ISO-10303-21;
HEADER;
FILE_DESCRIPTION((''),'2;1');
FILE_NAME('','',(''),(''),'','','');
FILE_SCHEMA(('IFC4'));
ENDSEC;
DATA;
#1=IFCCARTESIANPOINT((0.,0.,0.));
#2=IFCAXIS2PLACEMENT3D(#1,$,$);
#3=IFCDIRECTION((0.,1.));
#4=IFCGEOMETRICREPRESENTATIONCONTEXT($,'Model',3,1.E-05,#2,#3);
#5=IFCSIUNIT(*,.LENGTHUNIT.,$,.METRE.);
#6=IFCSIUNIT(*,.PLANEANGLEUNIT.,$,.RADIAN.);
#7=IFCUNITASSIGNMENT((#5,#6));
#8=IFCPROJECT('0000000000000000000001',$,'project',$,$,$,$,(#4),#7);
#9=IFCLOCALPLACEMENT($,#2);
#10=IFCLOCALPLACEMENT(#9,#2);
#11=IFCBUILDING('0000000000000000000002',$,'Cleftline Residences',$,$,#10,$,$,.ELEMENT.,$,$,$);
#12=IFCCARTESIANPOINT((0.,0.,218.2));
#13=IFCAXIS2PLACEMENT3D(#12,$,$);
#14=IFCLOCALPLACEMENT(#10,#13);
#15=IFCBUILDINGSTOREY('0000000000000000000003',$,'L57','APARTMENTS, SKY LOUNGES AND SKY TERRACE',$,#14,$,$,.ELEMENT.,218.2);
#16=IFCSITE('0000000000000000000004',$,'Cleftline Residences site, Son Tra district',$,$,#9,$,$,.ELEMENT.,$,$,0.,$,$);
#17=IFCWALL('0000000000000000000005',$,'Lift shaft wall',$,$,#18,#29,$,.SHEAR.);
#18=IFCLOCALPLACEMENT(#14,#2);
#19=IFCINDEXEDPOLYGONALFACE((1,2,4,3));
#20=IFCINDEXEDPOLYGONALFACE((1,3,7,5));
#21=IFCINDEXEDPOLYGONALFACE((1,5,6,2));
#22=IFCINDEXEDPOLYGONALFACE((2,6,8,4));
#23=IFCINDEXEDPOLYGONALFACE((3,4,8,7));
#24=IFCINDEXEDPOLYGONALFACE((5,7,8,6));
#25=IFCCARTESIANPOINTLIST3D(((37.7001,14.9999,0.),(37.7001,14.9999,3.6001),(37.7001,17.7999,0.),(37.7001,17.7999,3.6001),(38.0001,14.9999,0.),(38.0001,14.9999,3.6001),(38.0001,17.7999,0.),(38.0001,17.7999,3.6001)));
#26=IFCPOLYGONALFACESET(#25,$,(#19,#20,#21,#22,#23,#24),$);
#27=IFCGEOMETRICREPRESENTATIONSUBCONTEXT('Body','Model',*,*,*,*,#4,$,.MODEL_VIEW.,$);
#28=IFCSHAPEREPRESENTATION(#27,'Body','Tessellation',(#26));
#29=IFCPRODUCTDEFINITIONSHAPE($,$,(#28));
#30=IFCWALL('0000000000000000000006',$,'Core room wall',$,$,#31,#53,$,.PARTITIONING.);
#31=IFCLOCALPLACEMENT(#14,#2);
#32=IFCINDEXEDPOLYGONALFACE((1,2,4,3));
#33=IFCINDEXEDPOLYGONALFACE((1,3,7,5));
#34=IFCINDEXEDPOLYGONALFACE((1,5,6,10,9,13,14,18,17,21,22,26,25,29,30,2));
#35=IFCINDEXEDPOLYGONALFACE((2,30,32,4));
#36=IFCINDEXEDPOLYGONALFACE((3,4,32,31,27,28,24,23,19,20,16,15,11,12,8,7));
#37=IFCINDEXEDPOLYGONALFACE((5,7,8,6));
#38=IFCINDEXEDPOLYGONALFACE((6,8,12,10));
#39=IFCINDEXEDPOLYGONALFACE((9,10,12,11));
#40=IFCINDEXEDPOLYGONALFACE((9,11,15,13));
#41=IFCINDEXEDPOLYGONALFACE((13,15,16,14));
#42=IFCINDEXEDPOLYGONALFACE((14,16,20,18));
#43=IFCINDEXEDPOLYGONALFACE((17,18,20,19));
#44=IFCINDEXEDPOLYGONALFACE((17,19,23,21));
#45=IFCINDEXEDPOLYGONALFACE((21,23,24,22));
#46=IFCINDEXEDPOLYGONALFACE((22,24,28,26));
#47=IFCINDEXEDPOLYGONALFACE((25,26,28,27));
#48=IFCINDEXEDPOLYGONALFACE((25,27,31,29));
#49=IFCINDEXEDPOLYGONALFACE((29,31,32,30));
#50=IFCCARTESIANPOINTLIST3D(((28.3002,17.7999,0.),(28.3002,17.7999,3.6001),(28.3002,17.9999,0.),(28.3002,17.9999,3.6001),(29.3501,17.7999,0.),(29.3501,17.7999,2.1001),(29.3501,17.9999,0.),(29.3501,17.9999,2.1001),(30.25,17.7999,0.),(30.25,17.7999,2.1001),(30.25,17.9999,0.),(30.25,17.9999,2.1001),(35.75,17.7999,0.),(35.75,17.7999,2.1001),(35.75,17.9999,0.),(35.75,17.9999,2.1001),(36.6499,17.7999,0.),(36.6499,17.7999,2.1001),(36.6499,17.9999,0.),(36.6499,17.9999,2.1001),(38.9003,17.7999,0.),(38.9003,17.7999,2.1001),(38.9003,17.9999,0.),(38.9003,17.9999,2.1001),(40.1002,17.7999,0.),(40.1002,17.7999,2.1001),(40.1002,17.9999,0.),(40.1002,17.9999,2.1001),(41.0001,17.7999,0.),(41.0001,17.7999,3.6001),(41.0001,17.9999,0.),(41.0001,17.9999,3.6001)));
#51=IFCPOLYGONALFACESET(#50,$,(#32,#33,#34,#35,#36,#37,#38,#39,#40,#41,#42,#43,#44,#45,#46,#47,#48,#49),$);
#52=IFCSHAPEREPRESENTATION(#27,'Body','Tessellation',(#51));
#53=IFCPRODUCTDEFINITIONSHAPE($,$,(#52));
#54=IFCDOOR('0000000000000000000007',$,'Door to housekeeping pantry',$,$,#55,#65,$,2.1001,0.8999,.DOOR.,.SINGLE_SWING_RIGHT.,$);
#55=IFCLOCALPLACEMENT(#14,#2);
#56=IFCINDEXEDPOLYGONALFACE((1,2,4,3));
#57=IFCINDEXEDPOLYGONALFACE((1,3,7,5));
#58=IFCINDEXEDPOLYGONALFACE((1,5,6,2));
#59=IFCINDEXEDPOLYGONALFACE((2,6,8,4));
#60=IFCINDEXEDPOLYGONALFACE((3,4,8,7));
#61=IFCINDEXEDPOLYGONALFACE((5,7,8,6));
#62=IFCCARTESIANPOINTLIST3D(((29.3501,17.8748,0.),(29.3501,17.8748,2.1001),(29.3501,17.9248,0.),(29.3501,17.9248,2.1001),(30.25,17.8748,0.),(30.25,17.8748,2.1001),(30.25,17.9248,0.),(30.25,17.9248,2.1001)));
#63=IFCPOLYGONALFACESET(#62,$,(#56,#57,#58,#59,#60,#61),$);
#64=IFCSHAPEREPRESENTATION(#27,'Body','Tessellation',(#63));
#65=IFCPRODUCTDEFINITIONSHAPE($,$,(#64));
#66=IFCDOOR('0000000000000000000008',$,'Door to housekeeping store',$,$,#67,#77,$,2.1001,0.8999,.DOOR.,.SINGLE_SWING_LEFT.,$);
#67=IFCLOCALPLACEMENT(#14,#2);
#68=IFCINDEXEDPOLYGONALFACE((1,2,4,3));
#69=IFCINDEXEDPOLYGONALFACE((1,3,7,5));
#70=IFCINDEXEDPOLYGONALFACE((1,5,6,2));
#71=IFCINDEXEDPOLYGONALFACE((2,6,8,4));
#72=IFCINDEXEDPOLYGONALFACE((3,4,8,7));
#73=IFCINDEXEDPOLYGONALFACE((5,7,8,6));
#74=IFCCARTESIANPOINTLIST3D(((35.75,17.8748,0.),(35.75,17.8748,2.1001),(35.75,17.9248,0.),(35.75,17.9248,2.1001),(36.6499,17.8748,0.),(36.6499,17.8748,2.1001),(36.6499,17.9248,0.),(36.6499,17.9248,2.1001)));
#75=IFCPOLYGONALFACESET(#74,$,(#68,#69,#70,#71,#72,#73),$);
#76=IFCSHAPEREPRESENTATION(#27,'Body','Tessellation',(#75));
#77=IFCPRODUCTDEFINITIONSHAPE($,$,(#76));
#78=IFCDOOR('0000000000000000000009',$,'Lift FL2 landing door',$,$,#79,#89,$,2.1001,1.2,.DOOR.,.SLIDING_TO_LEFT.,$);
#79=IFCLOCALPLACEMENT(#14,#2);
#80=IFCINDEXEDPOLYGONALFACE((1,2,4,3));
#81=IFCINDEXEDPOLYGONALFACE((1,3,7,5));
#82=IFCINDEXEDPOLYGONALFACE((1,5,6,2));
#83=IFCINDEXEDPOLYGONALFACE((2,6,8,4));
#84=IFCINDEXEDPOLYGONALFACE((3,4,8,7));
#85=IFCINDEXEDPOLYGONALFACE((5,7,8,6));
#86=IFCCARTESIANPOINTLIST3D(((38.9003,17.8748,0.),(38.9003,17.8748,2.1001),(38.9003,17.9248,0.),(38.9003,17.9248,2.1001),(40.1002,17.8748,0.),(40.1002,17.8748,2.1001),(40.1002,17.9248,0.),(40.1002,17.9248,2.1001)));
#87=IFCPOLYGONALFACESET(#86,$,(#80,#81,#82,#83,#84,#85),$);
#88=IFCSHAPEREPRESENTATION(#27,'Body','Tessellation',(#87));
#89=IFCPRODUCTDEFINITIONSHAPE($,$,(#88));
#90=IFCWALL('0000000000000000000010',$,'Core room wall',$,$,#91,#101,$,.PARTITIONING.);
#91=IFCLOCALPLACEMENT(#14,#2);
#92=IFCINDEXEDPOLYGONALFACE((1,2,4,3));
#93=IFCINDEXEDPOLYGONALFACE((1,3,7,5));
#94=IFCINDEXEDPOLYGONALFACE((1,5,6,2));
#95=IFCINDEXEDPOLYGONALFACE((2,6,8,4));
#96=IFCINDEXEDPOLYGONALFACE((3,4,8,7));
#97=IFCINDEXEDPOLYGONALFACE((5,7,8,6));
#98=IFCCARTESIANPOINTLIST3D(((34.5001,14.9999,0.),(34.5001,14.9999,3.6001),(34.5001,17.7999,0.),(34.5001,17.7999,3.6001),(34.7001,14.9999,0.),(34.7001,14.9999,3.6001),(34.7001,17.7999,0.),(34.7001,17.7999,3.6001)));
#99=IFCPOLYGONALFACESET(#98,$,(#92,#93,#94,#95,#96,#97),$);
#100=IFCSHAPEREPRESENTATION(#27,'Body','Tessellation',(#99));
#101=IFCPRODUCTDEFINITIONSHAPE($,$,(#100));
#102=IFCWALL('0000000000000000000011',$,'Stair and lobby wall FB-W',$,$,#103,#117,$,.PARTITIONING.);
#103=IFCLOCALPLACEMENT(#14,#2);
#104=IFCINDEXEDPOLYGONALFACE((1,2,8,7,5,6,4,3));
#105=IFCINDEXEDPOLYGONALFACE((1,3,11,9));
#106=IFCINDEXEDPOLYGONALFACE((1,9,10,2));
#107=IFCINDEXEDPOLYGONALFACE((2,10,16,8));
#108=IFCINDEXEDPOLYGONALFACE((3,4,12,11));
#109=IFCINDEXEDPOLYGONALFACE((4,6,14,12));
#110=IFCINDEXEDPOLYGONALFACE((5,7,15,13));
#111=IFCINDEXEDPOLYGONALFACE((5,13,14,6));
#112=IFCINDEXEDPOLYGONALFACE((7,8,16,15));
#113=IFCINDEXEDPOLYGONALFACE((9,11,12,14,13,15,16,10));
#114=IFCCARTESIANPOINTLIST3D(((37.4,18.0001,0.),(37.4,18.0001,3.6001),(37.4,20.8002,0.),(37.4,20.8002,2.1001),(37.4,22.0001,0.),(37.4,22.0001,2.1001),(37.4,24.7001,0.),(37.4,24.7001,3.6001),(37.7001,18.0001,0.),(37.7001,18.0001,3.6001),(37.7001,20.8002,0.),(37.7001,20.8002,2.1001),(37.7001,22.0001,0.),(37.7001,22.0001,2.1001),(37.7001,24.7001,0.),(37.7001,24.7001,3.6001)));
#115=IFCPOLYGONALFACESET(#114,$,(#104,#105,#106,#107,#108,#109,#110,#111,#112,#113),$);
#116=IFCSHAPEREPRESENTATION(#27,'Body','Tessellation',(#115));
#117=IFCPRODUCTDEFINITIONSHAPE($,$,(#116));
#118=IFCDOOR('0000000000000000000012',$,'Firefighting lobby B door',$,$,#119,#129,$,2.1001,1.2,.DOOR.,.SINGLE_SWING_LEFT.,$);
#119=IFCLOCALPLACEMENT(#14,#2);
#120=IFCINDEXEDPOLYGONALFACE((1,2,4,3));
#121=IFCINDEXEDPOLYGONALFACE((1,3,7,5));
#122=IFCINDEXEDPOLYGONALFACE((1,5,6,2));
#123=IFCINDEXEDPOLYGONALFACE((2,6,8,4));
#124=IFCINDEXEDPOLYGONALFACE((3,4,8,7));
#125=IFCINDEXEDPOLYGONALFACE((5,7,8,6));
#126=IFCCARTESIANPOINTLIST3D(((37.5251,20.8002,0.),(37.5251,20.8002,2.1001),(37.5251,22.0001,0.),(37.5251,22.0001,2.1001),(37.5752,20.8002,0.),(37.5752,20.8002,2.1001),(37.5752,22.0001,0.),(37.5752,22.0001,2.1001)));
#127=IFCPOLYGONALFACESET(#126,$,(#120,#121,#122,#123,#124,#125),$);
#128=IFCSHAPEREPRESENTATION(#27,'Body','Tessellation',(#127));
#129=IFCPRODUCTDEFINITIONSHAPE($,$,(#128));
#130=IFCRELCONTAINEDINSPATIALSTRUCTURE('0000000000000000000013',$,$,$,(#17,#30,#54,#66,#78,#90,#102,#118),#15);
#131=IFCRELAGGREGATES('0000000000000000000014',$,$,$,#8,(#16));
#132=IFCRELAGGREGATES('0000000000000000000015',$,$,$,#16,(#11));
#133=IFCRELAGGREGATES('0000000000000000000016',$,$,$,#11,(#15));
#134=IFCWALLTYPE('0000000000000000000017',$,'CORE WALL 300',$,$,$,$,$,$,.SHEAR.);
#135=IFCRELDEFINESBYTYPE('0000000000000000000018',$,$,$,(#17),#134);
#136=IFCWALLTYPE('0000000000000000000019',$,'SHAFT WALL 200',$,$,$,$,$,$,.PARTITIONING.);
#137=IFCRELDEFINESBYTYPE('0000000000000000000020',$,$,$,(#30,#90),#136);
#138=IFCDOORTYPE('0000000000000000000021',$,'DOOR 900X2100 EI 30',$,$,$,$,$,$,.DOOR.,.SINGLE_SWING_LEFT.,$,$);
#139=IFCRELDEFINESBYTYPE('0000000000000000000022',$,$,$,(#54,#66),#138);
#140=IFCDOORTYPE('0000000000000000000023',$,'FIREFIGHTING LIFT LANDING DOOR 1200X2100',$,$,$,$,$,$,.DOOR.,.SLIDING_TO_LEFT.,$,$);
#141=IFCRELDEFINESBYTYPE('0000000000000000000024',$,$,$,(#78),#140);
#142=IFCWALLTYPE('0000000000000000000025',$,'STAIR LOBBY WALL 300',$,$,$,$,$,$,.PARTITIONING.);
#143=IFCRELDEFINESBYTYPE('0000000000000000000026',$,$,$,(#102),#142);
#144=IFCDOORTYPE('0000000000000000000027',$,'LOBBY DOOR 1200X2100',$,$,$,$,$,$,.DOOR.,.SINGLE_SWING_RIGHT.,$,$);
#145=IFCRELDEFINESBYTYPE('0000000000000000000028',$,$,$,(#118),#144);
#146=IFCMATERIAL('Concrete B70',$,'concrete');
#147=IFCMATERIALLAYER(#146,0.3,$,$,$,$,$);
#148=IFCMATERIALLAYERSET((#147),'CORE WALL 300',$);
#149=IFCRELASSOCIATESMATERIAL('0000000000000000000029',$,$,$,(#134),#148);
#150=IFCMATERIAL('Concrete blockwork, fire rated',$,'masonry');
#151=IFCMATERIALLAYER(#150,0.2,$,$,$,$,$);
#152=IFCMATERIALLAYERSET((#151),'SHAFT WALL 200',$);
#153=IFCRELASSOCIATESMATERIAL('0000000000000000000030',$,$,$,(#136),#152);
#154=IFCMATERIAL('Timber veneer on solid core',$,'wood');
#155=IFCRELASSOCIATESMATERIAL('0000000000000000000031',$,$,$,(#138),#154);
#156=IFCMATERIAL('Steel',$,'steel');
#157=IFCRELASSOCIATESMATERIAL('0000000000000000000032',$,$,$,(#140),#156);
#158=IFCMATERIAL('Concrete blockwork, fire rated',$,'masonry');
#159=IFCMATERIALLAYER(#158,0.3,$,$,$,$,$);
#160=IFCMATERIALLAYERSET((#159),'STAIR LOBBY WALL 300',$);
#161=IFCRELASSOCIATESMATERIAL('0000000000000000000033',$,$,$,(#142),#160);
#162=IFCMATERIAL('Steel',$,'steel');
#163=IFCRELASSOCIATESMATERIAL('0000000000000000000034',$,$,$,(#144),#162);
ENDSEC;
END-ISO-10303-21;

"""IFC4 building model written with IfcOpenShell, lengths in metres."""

from ifc_helpers import new_model, si_unit, direction, frame, frame_2d, origin, place, context, subcontext, project, spatial, rectangle, extrude, material, layer, layer_set, type_object, element, fill, save


model = new_model("IFC4")

# Units and contexts
model_context = context("Model", 3, precision=1e-05, world=origin(), true_north=direction((0.0, 1.0)))
body_context = subcontext(model_context, "Body", "Model", "MODEL_VIEW")
ifc_project = project(units=[si_unit("LENGTHUNIT", "METRE"), si_unit("PLANEANGLEUNIT", "RADIAN")], contexts=[model_context])

# Site, building, storey
site_placement = place(None, origin())
site = spatial("IfcSite", under=ifc_project, at=site_placement, Name="Cleftline Residences site, Son Tra district", CompositionType="ELEMENT", RefElevation=0.0)
building_placement = place(site_placement, origin())
building = spatial("IfcBuilding", under=site, at=building_placement, Name="Cleftline Residences", CompositionType="ELEMENT")
storey_placement = place(building_placement, frame((0.0, 0.0, 218.2)))
storey = spatial("IfcBuildingStorey", under=building, at=storey_placement, Name="L57", Description="APARTMENTS, SKY LOUNGES AND SKY TERRACE", CompositionType="ELEMENT", Elevation=218.2)

# Wall
ifc_material_1 = material(Name="Concrete B70", Category="concrete")
ifc_layer_1 = layer(ifc_material_1, 0.3)
ifc_layer_set_1 = layer_set([ifc_layer_1], Name="CORE WALL 300")
wall_type_1 = type_object("IfcWallType", Name="CORE WALL 300", PredefinedType="SHEAR", material=ifc_layer_set_1)
wall_1_placement = place(storey_placement, frame((37.8501, 15.0, 0.0), z_axis=(0.0, 0.0, 1.0), x_axis=(0.0, 1.0, 0.0)))
element("IfcWall", 1, at=wall_1_placement, inside=storey, type_object=wall_type_1, Name="Lift shaft wall", PredefinedType="SHEAR", context=body_context, shape_type="SweptSolid", body=[
    extrude(rectangle(XDim=2.8, YDim=0.3, at=frame_2d((1.3999, 0.0))), origin(), (0.0, 0.0, 1.0), 3.6001),
])

# Wall, openings, doors
ifc_material_2 = material(Name="Concrete blockwork, fire rated", Category="masonry")
ifc_layer_2 = layer(ifc_material_2, 0.2)
ifc_layer_set_2 = layer_set([ifc_layer_2], Name="SHAFT WALL 200")
wall_type_2 = type_object("IfcWallType", Name="SHAFT WALL 200", PredefinedType="PARTITIONING", material=ifc_layer_set_2)
wall_2_placement = place(storey_placement, frame((28.3, 17.8999, 0.0), z_axis=(0.0, 0.0, 1.0), x_axis=(1.0, 0.0, 0.0)))
wall_2 = element("IfcWall", 2, at=wall_2_placement, inside=storey, type_object=wall_type_2, Name="Core room wall", PredefinedType="PARTITIONING", context=body_context, shape_type="SweptSolid", body=[
    extrude(rectangle(XDim=12.7, YDim=0.2, at=frame_2d((6.3501, 0.0))), origin(), (0.0, 0.0, 1.0), 3.6001),
])
opening_1_placement = place(wall_2_placement, frame((1.05, 0.0, 0.0)))
opening_1 = element("IfcOpeningElement", 3, at=opening_1_placement, cuts=wall_2, PredefinedType="OPENING", context=body_context, shape_type="SweptSolid", body=[
    extrude(rectangle(XDim=0.8999, YDim=2.1001, at=frame_2d((0.45, 1.05))), frame((0.0, 0.1099, 0.0), z_axis=(0.0, -1.0, 0.0), x_axis=(1.0, 0.0, 0.0)), (0.0, 0.0, 1.0), 0.22),
])
opening_2_placement = place(wall_2_placement, frame((7.45, 0.0, 0.0)))
opening_2 = element("IfcOpeningElement", 4, at=opening_2_placement, cuts=wall_2, PredefinedType="OPENING", context=body_context, shape_type="SweptSolid", body=[
    extrude(rectangle(XDim=0.8999, YDim=2.1001, at=frame_2d((0.45, 1.05))), frame((0.0, 0.1099, 0.0), z_axis=(0.0, -1.0, 0.0), x_axis=(1.0, 0.0, 0.0)), (0.0, 0.0, 1.0), 0.22),
])
opening_3_placement = place(wall_2_placement, frame((10.6001, 0.0, 0.0)))
opening_3 = element("IfcOpeningElement", 5, at=opening_3_placement, cuts=wall_2, PredefinedType="OPENING", context=body_context, shape_type="SweptSolid", body=[
    extrude(rectangle(XDim=1.2, YDim=2.1001, at=frame_2d((0.6001, 1.05))), frame((0.0, 0.1099, 0.0), z_axis=(0.0, -1.0, 0.0), x_axis=(1.0, 0.0, 0.0)), (0.0, 0.0, 1.0), 0.22),
])
ifc_material_3 = material(Name="Timber veneer on solid core", Category="wood")
door_type_1 = type_object("IfcDoorType", Name="DOOR 900X2100 EI 30", OperationType="SINGLE_SWING_LEFT", PredefinedType="DOOR", material=ifc_material_3)
door_1_placement = place(opening_1_placement, origin())
door_1 = element("IfcDoor", 6, at=door_1_placement, inside=storey, type_object=door_type_1, Name="Door to housekeeping pantry", OperationType="SINGLE_SWING_RIGHT", OverallHeight=2.1001, OverallWidth=0.8999, PredefinedType="DOOR", context=body_context, shape_type="SweptSolid", body=[
    extrude(rectangle(XDim=0.8999, YDim=2.1001, at=frame_2d((0.45, 1.05))), frame((0.0, 0.0249, 0.0), z_axis=(0.0, -1.0, 0.0), x_axis=(1.0, 0.0, 0.0)), (0.0, 0.0, 1.0), 0.05),
])
fill(opening_1, door_1)
door_2_placement = place(opening_2_placement, origin())
door_2 = element("IfcDoor", 7, at=door_2_placement, inside=storey, type_object=door_type_1, Name="Door to housekeeping store", OperationType="SINGLE_SWING_LEFT", OverallHeight=2.1001, OverallWidth=0.8999, PredefinedType="DOOR", context=body_context, shape_type="SweptSolid", body=[
    extrude(rectangle(XDim=0.8999, YDim=2.1001, at=frame_2d((0.45, 1.05))), frame((0.0, 0.0249, 0.0), z_axis=(0.0, -1.0, 0.0), x_axis=(1.0, 0.0, 0.0)), (0.0, 0.0, 1.0), 0.05),
])
fill(opening_2, door_2)
ifc_material_4 = material(Name="Steel", Category="steel")
door_type_2 = type_object("IfcDoorType", Name="FIREFIGHTING LIFT LANDING DOOR 1200X2100", OperationType="SLIDING_TO_LEFT", PredefinedType="DOOR", material=ifc_material_4)
door_3_placement = place(opening_3_placement, origin())
door_3 = element("IfcDoor", 8, at=door_3_placement, inside=storey, type_object=door_type_2, Name="Lift FL2 landing door", OperationType="SLIDING_TO_LEFT", OverallHeight=2.1001, OverallWidth=1.2, PredefinedType="DOOR", context=body_context, shape_type="SweptSolid", body=[
    extrude(rectangle(XDim=1.2, YDim=2.1001, at=frame_2d((0.6001, 1.05))), frame((0.0, 0.0249, 0.0), z_axis=(0.0, -1.0, 0.0), x_axis=(1.0, 0.0, 0.0)), (0.0, 0.0, 1.0), 0.05),
])
fill(opening_3, door_3)

# Wall
wall_3_placement = place(storey_placement, frame((34.6001, 15.0, 0.0), z_axis=(0.0, 0.0, 1.0), x_axis=(0.0, 1.0, 0.0)))
element("IfcWall", 9, at=wall_3_placement, inside=storey, type_object=wall_type_2, Name="Core room wall", PredefinedType="PARTITIONING", context=body_context, shape_type="SweptSolid", body=[
    extrude(rectangle(XDim=2.8, YDim=0.2, at=frame_2d((1.3999, 0.0))), origin(), (0.0, 0.0, 1.0), 3.6001),
])

# Wall, opening, door
ifc_material_5 = material(Name="Concrete blockwork, fire rated", Category="masonry")
ifc_layer_3 = layer(ifc_material_5, 0.3)
ifc_layer_set_3 = layer_set([ifc_layer_3], Name="STAIR LOBBY WALL 300")
wall_type_3 = type_object("IfcWallType", Name="STAIR LOBBY WALL 300", PredefinedType="PARTITIONING", material=ifc_layer_set_3)
wall_4_placement = place(storey_placement, frame((37.55, 18.0, 0.0), z_axis=(0.0, 0.0, 1.0), x_axis=(0.0, 1.0, 0.0)))
wall_4 = element("IfcWall", 10, at=wall_4_placement, inside=storey, type_object=wall_type_3, Name="Stair and lobby wall FB-W", PredefinedType="PARTITIONING", context=body_context, shape_type="SweptSolid", body=[
    extrude(rectangle(XDim=6.7, YDim=0.3, at=frame_2d((3.3501, 0.0))), origin(), (0.0, 0.0, 1.0), 3.6001),
])
opening_4_placement = place(wall_4_placement, frame((2.8, 0.0, 0.0)))
opening_4 = element("IfcOpeningElement", 11, at=opening_4_placement, cuts=wall_4, PredefinedType="OPENING", context=body_context, shape_type="SweptSolid", body=[
    extrude(rectangle(XDim=1.2, YDim=2.1001, at=frame_2d((0.6001, 1.05))), frame((0.0, 0.1599, 0.0), z_axis=(0.0, -1.0, 0.0), x_axis=(1.0, 0.0, 0.0)), (0.0, 0.0, 1.0), 0.3201),
])
ifc_material_6 = material(Name="Steel", Category="steel")
door_type_3 = type_object("IfcDoorType", Name="LOBBY DOOR 1200X2100", OperationType="SINGLE_SWING_RIGHT", PredefinedType="DOOR", material=ifc_material_6)
door_4_placement = place(opening_4_placement, origin())
door_4 = element("IfcDoor", 12, at=door_4_placement, inside=storey, type_object=door_type_3, Name="Firefighting lobby B door", OperationType="SINGLE_SWING_LEFT", OverallHeight=2.1001, OverallWidth=1.2, PredefinedType="DOOR", context=body_context, shape_type="SweptSolid", body=[
    extrude(rectangle(XDim=1.2, YDim=2.1001, at=frame_2d((0.6001, 1.05))), frame((0.0, 0.0249, 0.0), z_axis=(0.0, -1.0, 0.0), x_axis=(1.0, 0.0, 0.0)), (0.0, 0.0, 1.0), 0.05),
])
fill(opening_4, door_4)

save(model, "model.ifc")
